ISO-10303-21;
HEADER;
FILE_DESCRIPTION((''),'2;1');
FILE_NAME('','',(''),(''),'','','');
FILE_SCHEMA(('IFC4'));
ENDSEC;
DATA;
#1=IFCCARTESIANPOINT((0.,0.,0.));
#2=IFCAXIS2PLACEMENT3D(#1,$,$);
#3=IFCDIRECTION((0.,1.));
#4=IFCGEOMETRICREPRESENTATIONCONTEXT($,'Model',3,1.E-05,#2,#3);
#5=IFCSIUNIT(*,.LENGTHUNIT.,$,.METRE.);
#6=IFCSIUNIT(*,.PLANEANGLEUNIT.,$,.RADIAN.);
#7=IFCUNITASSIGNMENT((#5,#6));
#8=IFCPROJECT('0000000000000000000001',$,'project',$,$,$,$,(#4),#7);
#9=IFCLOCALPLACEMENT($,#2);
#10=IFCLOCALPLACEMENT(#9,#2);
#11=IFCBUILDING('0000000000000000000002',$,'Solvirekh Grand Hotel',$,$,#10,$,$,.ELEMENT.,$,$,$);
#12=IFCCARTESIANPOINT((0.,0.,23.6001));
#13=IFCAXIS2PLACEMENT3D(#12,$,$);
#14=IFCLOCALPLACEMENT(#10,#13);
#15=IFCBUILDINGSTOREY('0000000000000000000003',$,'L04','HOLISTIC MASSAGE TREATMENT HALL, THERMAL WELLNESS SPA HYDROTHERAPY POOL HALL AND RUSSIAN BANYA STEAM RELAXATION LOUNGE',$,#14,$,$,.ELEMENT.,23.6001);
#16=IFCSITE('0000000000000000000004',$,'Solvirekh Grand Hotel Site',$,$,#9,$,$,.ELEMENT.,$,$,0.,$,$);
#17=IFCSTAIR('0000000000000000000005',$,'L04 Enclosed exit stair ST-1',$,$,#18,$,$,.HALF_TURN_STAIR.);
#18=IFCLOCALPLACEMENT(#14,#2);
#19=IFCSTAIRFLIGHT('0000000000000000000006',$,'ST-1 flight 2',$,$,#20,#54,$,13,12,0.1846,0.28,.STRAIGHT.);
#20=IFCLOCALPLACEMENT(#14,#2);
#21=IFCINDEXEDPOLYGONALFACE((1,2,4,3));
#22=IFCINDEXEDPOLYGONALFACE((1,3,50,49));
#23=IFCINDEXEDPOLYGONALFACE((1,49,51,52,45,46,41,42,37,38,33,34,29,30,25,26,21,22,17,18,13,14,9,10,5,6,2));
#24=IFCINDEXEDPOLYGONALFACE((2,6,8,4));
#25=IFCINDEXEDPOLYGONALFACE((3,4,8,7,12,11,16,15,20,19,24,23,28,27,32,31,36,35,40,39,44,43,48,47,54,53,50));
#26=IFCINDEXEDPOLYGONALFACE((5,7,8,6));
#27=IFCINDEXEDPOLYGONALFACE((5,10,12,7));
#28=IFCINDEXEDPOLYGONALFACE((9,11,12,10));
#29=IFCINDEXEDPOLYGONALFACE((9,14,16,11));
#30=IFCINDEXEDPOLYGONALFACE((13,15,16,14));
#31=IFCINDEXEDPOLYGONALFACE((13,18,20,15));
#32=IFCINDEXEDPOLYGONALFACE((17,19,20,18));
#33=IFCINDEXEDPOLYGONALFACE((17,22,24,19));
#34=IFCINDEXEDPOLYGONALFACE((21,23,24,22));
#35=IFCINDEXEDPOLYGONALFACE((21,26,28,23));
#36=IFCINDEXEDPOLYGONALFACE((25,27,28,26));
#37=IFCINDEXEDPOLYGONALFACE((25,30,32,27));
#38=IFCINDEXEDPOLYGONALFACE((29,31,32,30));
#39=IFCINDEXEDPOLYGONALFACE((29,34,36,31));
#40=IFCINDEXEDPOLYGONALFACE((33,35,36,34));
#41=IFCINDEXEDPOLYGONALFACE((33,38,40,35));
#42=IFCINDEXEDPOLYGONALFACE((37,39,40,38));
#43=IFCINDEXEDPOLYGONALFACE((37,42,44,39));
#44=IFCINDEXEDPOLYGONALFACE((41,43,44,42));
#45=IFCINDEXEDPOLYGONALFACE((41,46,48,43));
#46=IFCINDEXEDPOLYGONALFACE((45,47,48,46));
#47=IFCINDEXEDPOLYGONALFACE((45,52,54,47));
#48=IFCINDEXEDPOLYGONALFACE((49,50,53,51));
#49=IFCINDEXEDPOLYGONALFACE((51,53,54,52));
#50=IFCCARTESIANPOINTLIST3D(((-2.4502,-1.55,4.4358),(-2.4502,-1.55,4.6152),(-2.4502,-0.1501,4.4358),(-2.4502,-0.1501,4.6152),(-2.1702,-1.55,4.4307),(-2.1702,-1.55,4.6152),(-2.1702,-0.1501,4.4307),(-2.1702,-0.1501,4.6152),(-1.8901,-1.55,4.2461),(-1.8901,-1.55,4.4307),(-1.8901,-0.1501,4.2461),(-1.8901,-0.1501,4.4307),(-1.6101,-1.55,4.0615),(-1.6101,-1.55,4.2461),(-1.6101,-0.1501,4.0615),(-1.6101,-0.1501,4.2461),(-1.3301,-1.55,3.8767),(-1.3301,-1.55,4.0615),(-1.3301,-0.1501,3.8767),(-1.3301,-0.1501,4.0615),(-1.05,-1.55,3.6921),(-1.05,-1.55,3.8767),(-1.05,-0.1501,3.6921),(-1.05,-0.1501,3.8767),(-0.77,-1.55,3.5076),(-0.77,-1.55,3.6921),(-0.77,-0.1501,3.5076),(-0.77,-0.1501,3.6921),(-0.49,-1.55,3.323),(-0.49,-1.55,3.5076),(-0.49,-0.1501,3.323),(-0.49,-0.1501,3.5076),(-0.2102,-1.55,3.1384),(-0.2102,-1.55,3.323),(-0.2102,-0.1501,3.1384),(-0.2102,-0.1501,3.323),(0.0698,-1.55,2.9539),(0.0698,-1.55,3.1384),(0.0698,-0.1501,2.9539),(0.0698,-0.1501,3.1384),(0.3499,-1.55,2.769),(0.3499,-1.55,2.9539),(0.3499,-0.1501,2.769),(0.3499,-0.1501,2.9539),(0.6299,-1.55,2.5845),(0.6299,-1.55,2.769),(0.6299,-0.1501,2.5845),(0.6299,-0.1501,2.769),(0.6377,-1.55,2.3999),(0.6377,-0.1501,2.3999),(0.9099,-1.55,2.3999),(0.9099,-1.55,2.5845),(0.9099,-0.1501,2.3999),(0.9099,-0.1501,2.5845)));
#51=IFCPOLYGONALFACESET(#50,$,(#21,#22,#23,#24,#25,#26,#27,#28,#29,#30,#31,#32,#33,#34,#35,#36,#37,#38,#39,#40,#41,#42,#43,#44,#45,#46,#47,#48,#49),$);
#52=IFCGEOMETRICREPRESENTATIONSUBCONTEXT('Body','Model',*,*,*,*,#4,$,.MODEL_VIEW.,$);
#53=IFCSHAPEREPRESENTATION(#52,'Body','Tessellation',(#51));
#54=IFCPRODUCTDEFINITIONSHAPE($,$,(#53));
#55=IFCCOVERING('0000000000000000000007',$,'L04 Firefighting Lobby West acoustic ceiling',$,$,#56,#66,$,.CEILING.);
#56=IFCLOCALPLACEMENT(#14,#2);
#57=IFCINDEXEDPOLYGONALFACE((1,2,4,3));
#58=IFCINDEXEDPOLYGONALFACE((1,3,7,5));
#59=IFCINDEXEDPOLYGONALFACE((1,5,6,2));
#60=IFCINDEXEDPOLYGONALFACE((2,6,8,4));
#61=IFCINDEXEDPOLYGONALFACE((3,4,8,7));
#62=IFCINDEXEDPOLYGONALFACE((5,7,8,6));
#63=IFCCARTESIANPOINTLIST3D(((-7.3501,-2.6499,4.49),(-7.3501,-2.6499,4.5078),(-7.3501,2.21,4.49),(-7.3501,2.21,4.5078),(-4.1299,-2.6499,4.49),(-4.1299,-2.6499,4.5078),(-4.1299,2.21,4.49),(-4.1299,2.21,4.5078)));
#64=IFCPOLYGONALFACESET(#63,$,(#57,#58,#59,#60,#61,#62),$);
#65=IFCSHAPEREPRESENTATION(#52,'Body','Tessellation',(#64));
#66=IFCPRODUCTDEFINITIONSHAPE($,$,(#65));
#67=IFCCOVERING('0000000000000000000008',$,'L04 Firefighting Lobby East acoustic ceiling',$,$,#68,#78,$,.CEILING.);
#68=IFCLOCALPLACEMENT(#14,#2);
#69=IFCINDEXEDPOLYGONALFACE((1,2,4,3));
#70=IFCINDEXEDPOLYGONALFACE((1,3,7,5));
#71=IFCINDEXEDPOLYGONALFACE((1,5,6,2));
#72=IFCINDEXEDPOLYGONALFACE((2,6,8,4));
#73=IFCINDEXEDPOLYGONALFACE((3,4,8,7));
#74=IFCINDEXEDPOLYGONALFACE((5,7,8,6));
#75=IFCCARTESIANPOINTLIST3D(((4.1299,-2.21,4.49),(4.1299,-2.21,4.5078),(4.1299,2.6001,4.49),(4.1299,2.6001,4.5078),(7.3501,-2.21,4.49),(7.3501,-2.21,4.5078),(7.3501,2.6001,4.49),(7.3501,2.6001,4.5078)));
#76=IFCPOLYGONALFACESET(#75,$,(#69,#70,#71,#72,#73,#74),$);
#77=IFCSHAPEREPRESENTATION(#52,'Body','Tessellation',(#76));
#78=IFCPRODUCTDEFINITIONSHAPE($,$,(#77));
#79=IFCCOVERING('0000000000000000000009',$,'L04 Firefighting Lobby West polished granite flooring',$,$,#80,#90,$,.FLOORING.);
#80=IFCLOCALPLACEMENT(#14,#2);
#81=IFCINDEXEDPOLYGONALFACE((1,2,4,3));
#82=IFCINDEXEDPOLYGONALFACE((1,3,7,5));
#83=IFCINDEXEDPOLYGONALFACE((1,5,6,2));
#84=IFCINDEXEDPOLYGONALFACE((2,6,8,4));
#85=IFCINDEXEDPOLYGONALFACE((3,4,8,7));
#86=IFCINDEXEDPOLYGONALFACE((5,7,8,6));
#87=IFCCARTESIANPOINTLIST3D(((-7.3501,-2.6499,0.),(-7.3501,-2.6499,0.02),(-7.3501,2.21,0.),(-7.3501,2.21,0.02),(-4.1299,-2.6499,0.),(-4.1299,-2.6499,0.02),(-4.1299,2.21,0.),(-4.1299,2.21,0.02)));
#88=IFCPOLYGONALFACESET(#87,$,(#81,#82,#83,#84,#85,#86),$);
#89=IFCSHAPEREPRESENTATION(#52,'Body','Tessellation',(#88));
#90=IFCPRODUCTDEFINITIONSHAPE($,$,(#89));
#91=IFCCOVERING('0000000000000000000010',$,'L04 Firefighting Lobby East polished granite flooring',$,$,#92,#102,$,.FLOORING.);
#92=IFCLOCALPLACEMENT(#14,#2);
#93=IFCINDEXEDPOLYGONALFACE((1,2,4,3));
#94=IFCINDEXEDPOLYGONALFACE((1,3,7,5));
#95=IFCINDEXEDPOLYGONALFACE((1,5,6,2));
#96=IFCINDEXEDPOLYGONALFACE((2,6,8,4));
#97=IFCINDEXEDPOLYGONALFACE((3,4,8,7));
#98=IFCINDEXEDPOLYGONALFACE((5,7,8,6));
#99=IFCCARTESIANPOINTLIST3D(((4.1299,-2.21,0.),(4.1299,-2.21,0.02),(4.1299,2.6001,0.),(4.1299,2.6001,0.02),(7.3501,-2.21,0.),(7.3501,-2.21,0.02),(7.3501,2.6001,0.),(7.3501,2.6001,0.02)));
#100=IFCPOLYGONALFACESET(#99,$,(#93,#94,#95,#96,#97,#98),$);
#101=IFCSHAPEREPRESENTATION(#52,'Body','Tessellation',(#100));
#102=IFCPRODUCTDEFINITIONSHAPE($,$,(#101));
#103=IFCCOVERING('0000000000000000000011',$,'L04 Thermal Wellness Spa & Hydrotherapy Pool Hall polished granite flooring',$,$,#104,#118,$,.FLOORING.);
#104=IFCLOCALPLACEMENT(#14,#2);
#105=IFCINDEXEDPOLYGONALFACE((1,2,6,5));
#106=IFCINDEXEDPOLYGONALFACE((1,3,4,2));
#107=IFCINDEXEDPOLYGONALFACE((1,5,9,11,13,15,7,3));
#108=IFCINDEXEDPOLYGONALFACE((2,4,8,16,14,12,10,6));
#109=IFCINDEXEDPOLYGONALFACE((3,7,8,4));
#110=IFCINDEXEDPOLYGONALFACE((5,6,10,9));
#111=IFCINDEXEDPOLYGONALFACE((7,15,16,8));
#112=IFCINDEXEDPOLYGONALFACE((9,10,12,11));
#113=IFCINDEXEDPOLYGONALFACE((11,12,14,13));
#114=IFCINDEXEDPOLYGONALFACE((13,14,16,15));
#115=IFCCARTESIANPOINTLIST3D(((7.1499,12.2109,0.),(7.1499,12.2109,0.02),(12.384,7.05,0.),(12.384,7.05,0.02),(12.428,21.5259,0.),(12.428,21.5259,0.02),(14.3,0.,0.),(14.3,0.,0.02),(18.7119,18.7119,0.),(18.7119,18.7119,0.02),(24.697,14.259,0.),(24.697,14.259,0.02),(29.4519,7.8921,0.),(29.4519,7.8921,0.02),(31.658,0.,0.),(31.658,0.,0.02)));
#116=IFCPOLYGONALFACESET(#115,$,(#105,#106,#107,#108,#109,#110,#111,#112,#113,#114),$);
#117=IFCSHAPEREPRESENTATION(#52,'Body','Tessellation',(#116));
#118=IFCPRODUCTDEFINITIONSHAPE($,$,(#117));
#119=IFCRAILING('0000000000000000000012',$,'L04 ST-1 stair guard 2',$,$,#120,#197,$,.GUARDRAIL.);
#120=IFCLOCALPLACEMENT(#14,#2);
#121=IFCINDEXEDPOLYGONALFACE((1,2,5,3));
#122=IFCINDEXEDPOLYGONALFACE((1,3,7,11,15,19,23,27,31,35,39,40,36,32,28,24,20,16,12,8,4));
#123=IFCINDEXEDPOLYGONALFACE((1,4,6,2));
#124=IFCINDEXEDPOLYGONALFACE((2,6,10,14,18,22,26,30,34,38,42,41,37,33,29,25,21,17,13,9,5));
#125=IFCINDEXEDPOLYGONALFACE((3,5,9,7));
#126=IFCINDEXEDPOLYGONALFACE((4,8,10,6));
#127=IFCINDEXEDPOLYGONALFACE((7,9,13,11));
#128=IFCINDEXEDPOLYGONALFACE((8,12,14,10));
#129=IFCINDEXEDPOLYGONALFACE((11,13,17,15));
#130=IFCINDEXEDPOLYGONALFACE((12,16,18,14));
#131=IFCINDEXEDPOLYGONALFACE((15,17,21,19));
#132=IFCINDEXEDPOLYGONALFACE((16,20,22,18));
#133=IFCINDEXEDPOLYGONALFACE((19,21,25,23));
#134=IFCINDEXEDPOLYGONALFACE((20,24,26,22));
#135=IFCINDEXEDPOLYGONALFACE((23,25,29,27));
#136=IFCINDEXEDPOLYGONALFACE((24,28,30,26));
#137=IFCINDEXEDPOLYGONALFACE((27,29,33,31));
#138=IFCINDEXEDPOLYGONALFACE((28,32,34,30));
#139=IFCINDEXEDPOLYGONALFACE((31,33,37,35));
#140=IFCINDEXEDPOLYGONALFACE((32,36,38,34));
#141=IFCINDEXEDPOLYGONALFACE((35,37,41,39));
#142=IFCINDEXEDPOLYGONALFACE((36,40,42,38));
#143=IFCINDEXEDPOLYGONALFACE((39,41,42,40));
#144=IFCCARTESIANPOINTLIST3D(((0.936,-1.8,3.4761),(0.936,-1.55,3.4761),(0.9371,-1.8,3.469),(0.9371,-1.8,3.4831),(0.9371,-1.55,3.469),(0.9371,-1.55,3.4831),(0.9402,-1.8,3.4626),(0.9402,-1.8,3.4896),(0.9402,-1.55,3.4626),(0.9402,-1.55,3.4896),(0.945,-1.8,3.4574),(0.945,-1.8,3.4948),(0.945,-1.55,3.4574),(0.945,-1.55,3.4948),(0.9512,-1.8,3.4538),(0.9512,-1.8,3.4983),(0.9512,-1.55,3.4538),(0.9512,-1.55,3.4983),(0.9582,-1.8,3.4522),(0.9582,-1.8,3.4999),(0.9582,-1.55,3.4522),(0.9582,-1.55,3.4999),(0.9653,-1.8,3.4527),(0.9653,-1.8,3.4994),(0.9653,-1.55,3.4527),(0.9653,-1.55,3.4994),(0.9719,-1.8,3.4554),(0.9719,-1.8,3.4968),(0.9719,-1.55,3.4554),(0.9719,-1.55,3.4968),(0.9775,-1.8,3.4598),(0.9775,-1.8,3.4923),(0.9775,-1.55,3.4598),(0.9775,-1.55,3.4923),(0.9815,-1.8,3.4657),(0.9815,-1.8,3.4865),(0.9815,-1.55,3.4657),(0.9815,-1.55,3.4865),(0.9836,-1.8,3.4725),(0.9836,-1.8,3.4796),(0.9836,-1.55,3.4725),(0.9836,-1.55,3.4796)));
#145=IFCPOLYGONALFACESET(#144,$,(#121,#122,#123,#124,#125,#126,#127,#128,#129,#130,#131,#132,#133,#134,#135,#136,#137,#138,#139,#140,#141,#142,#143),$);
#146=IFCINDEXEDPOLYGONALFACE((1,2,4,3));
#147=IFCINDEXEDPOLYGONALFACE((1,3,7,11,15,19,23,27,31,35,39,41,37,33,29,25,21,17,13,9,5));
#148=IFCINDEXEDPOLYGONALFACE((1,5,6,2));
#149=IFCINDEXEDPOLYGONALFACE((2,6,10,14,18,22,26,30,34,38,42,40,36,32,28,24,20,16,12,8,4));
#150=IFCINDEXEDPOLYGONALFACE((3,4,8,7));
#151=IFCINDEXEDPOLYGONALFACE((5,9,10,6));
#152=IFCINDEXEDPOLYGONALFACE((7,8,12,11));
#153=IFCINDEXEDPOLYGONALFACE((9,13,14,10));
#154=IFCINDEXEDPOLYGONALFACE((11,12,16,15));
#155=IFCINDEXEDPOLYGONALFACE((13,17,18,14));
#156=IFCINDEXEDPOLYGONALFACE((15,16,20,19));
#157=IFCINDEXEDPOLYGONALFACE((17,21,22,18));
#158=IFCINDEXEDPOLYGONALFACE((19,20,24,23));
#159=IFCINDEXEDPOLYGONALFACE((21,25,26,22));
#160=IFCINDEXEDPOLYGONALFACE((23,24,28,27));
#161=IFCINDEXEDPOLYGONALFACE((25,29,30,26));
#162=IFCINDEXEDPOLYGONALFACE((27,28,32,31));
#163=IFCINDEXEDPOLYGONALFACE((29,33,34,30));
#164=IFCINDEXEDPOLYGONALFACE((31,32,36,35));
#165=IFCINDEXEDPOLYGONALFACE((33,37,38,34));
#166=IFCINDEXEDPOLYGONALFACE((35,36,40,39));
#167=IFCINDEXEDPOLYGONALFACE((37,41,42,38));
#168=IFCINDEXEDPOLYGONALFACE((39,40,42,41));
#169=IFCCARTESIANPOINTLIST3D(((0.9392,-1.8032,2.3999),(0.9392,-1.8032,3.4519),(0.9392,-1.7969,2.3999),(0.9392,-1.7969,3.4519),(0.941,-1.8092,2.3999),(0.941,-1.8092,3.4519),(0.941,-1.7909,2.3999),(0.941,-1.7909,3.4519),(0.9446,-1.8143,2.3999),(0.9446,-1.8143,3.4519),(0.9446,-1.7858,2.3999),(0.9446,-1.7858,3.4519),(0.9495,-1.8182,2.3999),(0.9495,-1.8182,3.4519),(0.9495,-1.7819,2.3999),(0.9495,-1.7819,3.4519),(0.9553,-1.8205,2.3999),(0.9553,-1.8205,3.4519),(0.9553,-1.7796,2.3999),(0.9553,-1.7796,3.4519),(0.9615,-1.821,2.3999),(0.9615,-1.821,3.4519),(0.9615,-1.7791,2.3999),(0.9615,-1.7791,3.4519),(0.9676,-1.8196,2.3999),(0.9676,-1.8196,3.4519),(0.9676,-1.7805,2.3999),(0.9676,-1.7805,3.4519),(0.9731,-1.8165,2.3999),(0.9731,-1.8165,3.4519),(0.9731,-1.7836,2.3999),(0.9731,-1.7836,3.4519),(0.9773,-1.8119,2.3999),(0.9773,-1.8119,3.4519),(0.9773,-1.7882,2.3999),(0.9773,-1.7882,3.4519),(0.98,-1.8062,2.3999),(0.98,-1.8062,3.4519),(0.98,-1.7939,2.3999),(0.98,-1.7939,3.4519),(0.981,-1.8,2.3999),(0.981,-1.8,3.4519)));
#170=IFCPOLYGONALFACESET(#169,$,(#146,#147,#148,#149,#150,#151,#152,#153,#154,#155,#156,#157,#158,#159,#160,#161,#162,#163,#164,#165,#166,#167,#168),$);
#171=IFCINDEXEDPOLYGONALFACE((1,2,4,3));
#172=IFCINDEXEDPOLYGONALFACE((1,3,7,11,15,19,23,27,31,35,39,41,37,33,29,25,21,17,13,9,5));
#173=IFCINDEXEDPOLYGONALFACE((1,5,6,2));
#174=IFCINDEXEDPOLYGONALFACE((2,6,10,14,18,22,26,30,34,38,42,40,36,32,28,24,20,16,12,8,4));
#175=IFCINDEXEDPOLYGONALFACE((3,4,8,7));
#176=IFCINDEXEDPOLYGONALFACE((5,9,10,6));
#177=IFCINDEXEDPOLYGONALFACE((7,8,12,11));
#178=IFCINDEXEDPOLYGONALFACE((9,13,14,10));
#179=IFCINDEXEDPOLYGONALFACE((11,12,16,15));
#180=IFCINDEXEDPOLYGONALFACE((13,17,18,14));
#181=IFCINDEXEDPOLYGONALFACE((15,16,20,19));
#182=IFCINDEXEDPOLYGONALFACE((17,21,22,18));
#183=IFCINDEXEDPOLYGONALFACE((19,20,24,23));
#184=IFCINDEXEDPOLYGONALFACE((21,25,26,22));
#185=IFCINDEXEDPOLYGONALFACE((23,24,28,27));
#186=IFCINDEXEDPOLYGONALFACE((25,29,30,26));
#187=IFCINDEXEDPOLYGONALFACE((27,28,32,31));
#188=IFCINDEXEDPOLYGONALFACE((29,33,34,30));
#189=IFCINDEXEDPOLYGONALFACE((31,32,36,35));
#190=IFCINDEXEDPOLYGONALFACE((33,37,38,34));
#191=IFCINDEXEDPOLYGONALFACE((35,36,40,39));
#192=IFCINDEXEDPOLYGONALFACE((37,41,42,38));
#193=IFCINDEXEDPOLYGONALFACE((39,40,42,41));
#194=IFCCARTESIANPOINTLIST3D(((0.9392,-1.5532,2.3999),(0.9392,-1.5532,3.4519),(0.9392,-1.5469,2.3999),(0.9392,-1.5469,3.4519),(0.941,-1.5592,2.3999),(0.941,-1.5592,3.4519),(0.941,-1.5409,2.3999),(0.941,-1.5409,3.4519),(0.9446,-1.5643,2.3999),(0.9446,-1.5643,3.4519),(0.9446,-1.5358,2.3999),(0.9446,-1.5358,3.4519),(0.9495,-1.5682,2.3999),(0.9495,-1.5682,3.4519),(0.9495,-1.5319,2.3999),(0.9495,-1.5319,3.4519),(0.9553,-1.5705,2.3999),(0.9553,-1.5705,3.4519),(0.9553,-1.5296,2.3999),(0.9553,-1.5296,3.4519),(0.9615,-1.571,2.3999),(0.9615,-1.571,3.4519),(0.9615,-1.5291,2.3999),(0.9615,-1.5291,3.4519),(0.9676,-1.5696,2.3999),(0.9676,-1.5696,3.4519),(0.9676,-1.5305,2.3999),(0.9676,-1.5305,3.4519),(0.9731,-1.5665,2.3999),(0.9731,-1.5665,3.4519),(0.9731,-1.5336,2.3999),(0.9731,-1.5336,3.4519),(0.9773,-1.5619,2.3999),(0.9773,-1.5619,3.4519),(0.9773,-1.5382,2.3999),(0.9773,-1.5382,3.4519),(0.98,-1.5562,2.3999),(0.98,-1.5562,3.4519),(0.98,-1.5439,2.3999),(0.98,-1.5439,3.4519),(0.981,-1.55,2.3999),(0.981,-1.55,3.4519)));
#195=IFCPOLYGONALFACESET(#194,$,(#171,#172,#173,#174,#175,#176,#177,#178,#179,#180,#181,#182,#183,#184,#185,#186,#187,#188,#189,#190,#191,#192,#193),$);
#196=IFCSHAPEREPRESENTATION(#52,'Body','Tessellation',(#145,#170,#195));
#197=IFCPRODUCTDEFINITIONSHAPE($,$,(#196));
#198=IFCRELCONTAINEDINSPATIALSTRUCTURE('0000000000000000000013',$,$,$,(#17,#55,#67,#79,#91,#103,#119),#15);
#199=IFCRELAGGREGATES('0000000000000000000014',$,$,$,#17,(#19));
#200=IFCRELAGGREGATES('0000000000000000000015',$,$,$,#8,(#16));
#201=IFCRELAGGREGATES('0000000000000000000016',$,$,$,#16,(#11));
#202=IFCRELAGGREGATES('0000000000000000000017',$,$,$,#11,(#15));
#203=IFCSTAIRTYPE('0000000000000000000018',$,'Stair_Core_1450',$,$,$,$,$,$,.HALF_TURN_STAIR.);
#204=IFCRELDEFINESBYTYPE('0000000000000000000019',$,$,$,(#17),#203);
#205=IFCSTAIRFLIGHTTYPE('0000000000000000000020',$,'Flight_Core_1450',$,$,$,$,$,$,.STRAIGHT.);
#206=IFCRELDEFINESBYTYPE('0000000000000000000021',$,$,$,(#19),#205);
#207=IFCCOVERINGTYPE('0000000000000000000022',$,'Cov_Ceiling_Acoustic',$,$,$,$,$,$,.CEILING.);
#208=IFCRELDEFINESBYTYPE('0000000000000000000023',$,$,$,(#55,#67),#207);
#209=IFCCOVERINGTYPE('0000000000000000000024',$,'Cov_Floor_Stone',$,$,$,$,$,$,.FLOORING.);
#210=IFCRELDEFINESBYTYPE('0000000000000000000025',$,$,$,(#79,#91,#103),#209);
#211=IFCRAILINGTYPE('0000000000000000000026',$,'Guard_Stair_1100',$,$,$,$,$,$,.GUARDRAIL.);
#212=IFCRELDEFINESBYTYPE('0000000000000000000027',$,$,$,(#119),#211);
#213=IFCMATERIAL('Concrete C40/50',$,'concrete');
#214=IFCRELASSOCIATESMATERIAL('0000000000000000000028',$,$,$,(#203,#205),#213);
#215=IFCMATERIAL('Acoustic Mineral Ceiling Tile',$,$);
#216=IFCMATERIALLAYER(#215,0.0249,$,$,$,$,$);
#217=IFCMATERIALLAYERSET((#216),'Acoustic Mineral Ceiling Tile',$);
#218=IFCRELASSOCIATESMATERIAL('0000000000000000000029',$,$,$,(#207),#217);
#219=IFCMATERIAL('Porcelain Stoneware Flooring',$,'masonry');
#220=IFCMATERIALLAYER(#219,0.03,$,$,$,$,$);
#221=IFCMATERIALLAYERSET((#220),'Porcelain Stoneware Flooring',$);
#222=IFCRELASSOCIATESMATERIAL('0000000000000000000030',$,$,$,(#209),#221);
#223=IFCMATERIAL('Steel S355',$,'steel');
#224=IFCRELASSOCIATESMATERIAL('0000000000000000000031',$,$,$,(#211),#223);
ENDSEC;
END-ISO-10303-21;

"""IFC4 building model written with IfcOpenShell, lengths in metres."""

from ifc_helpers import new_model, si_unit, direction, frame, origin, origin_2d, place, context, subcontext, project, spatial, polyline, circle, outline, extrude, material, layer, layer_set, type_object, element, aggregate, save


model = new_model("IFC4")

# Units and contexts
model_context = context("Model", 3, precision=1e-05, world=origin(), true_north=direction((0.0, 1.0)))
body_context = subcontext(model_context, "Body", "Model", "MODEL_VIEW")
ifc_project = project(units=[si_unit("LENGTHUNIT", "METRE"), si_unit("PLANEANGLEUNIT", "RADIAN")], contexts=[model_context])

# Site, building, storey
site_placement = place(None, origin())
site = spatial("IfcSite", under=ifc_project, at=site_placement, Name="Solvirekh Grand Hotel Site", CompositionType="ELEMENT", RefElevation=0.0)
building_placement = place(site_placement, origin())
building = spatial("IfcBuilding", under=site, at=building_placement, Name="Solvirekh Grand Hotel", CompositionType="ELEMENT")
storey_placement = place(building_placement, frame((0.0, 0.0, 23.6001)))
storey = spatial("IfcBuildingStorey", under=building, at=storey_placement, Name="L04", Description="HOLISTIC MASSAGE TREATMENT HALL, THERMAL WELLNESS SPA HYDROTHERAPY POOL HALL AND RUSSIAN BANYA STEAM RELAXATION LOUNGE", CompositionType="ELEMENT", Elevation=23.6001)

# Stair
ifc_material_1 = material(Name="Concrete C40/50", Category="concrete")
stair_type = type_object("IfcStairType", Name="Stair_Core_1450", PredefinedType="HALF_TURN_STAIR", material=ifc_material_1)
stair_1_placement = place(storey_placement, origin())
stair_1 = element("IfcStair", 1, at=stair_1_placement, inside=storey, type_object=stair_type, Name="L04 Enclosed exit stair ST-1", PredefinedType="HALF_TURN_STAIR")

# Stair flight
stair_flight_type = type_object("IfcStairFlightType", Name="Flight_Core_1450", PredefinedType="STRAIGHT", material=ifc_material_1)
stair_flight_placement = place(storey_placement, frame((0.9099, -0.8501, 2.3999), z_axis=(0.0, 0.0, 1.0), x_axis=(-1.0, 0.0, 0.0)))
stair_flight = element("IfcStairFlight", 2, at=stair_flight_placement, type_object=stair_flight_type, Name="ST-1 flight 2", NumberOfRisers=13, NumberOfTreads=12, PredefinedType="STRAIGHT", RiserHeight=0.1846, TreadLength=0.28, context=body_context, shape_type="SweptSolid", body=[
    extrude(outline(polyline([(0.0, 0.0), (0.0, 0.1846), (0.28, 0.1846), (0.28, 0.3691), (0.5601, 0.3691), (0.5601, 0.554), (0.8401, 0.554), (0.8401, 0.7385), (1.1201, 0.7385), (1.1201, 0.9231), (1.3999, 0.9231), (1.3999, 1.1077), (1.6799, 1.1077), (1.6799, 1.2922), (1.96, 1.2922), (1.96, 1.4768), (2.24, 1.4768), (2.24, 1.6616), (2.52, 1.6616), (2.52, 1.8462), (2.8, 1.8462), (2.8, 2.0308), (3.0801, 2.0308), (3.0801, 2.2153), (3.3601, 2.2153), (3.3601, 2.3999), (3.3601, 2.0359), (0.2722, 0.0), (0.0, 0.0)])), frame((0.0, 0.7, 0.0), z_axis=(0.0, -1.0, 0.0), x_axis=(1.0, 0.0, 0.0)), (0.0, 0.0, 1.0), 1.3999),
])
aggregate(stair_1, [stair_flight])

# Coverings
ifc_material_2 = material(Name="Acoustic Mineral Ceiling Tile")
ifc_layer_1 = layer(ifc_material_2, 0.0249)
ifc_layer_set_1 = layer_set([ifc_layer_1], Name="Acoustic Mineral Ceiling Tile")
covering_type_1 = type_object("IfcCoveringType", Name="Cov_Ceiling_Acoustic", PredefinedType="CEILING", material=ifc_layer_set_1)
covering_1_placement = place(storey_placement, frame((0.0, 0.0, 4.49)))
element("IfcCovering", 3, at=covering_1_placement, inside=storey, type_object=covering_type_1, Name="L04 Firefighting Lobby West acoustic ceiling", PredefinedType="CEILING", context=body_context, shape_type="SweptSolid", body=[
    extrude(outline(polyline([(-7.3501, -2.6499), (-4.1299, -2.6499), (-4.1299, 2.21), (-7.3501, 2.21), (-7.3501, -2.6499)])), origin(), (0.0, 0.0, 1.0), 0.0178),
])
covering_2_placement = place(storey_placement, frame((0.0, 0.0, 4.49)))
element("IfcCovering", 4, at=covering_2_placement, inside=storey, type_object=covering_type_1, Name="L04 Firefighting Lobby East acoustic ceiling", PredefinedType="CEILING", context=body_context, shape_type="SweptSolid", body=[
    extrude(outline(polyline([(4.1299, -2.21), (7.3501, -2.21), (7.3501, 2.6001), (4.1299, 2.6001), (4.1299, -2.21)])), origin(), (0.0, 0.0, 1.0), 0.0178),
])
ifc_material_3 = material(Name="Porcelain Stoneware Flooring", Category="masonry")
ifc_layer_2 = layer(ifc_material_3, 0.03)
ifc_layer_set_2 = layer_set([ifc_layer_2], Name="Porcelain Stoneware Flooring")
covering_type_2 = type_object("IfcCoveringType", Name="Cov_Floor_Stone", PredefinedType="FLOORING", material=ifc_layer_set_2)
covering_3_placement = place(storey_placement, origin())
element("IfcCovering", 5, at=covering_3_placement, inside=storey, type_object=covering_type_2, Name="L04 Firefighting Lobby West polished granite flooring", PredefinedType="FLOORING", context=body_context, shape_type="SweptSolid", body=[
    extrude(outline(polyline([(-7.3501, -2.6499), (-4.1299, -2.6499), (-4.1299, 2.21), (-7.3501, 2.21), (-7.3501, -2.6499)])), origin(), (0.0, 0.0, 1.0), 0.02),
])
covering_4_placement = place(storey_placement, origin())
element("IfcCovering", 6, at=covering_4_placement, inside=storey, type_object=covering_type_2, Name="L04 Firefighting Lobby East polished granite flooring", PredefinedType="FLOORING", context=body_context, shape_type="SweptSolid", body=[
    extrude(outline(polyline([(4.1299, -2.21), (7.3501, -2.21), (7.3501, 2.6001), (4.1299, 2.6001), (4.1299, -2.21)])), origin(), (0.0, 0.0, 1.0), 0.02),
])
covering_5_placement = place(storey_placement, origin())
element("IfcCovering", 7, at=covering_5_placement, inside=storey, type_object=covering_type_2, Name="L04 Thermal Wellness Spa & Hydrotherapy Pool Hall polished granite flooring", PredefinedType="FLOORING", context=body_context, shape_type="SweptSolid", body=[
    extrude(outline(polyline([(31.658, 0.0), (29.4519, 7.8921), (24.697, 14.259), (18.7119, 18.7119), (12.428, 21.5259), (7.1499, 12.2109), (12.384, 7.05), (14.3, 0.0), (31.658, 0.0)])), origin(), (0.0, 0.0, 1.0), 0.02),
])

# Railing
ifc_material_4 = material(Name="Steel S355", Category="steel")
railing_type_1 = type_object("IfcRailingType", Name="Guard_Stair_1100", PredefinedType="GUARDRAIL", material=ifc_material_4)
railing_1_placement = place(storey_placement, frame((0.96, -1.8, 2.3999)))
element("IfcRailing", 8, at=railing_1_placement, inside=storey, type_object=railing_type_1, Name="L04 ST-1 stair guard 2", PredefinedType="GUARDRAIL", context=body_context, shape_type="SweptSolid", body=[
    extrude(circle(Radius=0.0239, at=origin_2d()), frame((0.0, 0.0, 1.0762), z_axis=(0.0, 1.0, 0.0), x_axis=(-1.0, 0.0, 0.0)), (0.0, 0.0, 1.0), 0.25),
    extrude(circle(Radius=0.021, at=origin_2d()), origin(), (0.0, 0.0, 1.0), 1.052),
    extrude(circle(Radius=0.021, at=origin_2d()), frame((0.0, 0.25, 0.0)), (0.0, 0.0, 1.0), 1.052),
])

save(model, "model.ifc")
